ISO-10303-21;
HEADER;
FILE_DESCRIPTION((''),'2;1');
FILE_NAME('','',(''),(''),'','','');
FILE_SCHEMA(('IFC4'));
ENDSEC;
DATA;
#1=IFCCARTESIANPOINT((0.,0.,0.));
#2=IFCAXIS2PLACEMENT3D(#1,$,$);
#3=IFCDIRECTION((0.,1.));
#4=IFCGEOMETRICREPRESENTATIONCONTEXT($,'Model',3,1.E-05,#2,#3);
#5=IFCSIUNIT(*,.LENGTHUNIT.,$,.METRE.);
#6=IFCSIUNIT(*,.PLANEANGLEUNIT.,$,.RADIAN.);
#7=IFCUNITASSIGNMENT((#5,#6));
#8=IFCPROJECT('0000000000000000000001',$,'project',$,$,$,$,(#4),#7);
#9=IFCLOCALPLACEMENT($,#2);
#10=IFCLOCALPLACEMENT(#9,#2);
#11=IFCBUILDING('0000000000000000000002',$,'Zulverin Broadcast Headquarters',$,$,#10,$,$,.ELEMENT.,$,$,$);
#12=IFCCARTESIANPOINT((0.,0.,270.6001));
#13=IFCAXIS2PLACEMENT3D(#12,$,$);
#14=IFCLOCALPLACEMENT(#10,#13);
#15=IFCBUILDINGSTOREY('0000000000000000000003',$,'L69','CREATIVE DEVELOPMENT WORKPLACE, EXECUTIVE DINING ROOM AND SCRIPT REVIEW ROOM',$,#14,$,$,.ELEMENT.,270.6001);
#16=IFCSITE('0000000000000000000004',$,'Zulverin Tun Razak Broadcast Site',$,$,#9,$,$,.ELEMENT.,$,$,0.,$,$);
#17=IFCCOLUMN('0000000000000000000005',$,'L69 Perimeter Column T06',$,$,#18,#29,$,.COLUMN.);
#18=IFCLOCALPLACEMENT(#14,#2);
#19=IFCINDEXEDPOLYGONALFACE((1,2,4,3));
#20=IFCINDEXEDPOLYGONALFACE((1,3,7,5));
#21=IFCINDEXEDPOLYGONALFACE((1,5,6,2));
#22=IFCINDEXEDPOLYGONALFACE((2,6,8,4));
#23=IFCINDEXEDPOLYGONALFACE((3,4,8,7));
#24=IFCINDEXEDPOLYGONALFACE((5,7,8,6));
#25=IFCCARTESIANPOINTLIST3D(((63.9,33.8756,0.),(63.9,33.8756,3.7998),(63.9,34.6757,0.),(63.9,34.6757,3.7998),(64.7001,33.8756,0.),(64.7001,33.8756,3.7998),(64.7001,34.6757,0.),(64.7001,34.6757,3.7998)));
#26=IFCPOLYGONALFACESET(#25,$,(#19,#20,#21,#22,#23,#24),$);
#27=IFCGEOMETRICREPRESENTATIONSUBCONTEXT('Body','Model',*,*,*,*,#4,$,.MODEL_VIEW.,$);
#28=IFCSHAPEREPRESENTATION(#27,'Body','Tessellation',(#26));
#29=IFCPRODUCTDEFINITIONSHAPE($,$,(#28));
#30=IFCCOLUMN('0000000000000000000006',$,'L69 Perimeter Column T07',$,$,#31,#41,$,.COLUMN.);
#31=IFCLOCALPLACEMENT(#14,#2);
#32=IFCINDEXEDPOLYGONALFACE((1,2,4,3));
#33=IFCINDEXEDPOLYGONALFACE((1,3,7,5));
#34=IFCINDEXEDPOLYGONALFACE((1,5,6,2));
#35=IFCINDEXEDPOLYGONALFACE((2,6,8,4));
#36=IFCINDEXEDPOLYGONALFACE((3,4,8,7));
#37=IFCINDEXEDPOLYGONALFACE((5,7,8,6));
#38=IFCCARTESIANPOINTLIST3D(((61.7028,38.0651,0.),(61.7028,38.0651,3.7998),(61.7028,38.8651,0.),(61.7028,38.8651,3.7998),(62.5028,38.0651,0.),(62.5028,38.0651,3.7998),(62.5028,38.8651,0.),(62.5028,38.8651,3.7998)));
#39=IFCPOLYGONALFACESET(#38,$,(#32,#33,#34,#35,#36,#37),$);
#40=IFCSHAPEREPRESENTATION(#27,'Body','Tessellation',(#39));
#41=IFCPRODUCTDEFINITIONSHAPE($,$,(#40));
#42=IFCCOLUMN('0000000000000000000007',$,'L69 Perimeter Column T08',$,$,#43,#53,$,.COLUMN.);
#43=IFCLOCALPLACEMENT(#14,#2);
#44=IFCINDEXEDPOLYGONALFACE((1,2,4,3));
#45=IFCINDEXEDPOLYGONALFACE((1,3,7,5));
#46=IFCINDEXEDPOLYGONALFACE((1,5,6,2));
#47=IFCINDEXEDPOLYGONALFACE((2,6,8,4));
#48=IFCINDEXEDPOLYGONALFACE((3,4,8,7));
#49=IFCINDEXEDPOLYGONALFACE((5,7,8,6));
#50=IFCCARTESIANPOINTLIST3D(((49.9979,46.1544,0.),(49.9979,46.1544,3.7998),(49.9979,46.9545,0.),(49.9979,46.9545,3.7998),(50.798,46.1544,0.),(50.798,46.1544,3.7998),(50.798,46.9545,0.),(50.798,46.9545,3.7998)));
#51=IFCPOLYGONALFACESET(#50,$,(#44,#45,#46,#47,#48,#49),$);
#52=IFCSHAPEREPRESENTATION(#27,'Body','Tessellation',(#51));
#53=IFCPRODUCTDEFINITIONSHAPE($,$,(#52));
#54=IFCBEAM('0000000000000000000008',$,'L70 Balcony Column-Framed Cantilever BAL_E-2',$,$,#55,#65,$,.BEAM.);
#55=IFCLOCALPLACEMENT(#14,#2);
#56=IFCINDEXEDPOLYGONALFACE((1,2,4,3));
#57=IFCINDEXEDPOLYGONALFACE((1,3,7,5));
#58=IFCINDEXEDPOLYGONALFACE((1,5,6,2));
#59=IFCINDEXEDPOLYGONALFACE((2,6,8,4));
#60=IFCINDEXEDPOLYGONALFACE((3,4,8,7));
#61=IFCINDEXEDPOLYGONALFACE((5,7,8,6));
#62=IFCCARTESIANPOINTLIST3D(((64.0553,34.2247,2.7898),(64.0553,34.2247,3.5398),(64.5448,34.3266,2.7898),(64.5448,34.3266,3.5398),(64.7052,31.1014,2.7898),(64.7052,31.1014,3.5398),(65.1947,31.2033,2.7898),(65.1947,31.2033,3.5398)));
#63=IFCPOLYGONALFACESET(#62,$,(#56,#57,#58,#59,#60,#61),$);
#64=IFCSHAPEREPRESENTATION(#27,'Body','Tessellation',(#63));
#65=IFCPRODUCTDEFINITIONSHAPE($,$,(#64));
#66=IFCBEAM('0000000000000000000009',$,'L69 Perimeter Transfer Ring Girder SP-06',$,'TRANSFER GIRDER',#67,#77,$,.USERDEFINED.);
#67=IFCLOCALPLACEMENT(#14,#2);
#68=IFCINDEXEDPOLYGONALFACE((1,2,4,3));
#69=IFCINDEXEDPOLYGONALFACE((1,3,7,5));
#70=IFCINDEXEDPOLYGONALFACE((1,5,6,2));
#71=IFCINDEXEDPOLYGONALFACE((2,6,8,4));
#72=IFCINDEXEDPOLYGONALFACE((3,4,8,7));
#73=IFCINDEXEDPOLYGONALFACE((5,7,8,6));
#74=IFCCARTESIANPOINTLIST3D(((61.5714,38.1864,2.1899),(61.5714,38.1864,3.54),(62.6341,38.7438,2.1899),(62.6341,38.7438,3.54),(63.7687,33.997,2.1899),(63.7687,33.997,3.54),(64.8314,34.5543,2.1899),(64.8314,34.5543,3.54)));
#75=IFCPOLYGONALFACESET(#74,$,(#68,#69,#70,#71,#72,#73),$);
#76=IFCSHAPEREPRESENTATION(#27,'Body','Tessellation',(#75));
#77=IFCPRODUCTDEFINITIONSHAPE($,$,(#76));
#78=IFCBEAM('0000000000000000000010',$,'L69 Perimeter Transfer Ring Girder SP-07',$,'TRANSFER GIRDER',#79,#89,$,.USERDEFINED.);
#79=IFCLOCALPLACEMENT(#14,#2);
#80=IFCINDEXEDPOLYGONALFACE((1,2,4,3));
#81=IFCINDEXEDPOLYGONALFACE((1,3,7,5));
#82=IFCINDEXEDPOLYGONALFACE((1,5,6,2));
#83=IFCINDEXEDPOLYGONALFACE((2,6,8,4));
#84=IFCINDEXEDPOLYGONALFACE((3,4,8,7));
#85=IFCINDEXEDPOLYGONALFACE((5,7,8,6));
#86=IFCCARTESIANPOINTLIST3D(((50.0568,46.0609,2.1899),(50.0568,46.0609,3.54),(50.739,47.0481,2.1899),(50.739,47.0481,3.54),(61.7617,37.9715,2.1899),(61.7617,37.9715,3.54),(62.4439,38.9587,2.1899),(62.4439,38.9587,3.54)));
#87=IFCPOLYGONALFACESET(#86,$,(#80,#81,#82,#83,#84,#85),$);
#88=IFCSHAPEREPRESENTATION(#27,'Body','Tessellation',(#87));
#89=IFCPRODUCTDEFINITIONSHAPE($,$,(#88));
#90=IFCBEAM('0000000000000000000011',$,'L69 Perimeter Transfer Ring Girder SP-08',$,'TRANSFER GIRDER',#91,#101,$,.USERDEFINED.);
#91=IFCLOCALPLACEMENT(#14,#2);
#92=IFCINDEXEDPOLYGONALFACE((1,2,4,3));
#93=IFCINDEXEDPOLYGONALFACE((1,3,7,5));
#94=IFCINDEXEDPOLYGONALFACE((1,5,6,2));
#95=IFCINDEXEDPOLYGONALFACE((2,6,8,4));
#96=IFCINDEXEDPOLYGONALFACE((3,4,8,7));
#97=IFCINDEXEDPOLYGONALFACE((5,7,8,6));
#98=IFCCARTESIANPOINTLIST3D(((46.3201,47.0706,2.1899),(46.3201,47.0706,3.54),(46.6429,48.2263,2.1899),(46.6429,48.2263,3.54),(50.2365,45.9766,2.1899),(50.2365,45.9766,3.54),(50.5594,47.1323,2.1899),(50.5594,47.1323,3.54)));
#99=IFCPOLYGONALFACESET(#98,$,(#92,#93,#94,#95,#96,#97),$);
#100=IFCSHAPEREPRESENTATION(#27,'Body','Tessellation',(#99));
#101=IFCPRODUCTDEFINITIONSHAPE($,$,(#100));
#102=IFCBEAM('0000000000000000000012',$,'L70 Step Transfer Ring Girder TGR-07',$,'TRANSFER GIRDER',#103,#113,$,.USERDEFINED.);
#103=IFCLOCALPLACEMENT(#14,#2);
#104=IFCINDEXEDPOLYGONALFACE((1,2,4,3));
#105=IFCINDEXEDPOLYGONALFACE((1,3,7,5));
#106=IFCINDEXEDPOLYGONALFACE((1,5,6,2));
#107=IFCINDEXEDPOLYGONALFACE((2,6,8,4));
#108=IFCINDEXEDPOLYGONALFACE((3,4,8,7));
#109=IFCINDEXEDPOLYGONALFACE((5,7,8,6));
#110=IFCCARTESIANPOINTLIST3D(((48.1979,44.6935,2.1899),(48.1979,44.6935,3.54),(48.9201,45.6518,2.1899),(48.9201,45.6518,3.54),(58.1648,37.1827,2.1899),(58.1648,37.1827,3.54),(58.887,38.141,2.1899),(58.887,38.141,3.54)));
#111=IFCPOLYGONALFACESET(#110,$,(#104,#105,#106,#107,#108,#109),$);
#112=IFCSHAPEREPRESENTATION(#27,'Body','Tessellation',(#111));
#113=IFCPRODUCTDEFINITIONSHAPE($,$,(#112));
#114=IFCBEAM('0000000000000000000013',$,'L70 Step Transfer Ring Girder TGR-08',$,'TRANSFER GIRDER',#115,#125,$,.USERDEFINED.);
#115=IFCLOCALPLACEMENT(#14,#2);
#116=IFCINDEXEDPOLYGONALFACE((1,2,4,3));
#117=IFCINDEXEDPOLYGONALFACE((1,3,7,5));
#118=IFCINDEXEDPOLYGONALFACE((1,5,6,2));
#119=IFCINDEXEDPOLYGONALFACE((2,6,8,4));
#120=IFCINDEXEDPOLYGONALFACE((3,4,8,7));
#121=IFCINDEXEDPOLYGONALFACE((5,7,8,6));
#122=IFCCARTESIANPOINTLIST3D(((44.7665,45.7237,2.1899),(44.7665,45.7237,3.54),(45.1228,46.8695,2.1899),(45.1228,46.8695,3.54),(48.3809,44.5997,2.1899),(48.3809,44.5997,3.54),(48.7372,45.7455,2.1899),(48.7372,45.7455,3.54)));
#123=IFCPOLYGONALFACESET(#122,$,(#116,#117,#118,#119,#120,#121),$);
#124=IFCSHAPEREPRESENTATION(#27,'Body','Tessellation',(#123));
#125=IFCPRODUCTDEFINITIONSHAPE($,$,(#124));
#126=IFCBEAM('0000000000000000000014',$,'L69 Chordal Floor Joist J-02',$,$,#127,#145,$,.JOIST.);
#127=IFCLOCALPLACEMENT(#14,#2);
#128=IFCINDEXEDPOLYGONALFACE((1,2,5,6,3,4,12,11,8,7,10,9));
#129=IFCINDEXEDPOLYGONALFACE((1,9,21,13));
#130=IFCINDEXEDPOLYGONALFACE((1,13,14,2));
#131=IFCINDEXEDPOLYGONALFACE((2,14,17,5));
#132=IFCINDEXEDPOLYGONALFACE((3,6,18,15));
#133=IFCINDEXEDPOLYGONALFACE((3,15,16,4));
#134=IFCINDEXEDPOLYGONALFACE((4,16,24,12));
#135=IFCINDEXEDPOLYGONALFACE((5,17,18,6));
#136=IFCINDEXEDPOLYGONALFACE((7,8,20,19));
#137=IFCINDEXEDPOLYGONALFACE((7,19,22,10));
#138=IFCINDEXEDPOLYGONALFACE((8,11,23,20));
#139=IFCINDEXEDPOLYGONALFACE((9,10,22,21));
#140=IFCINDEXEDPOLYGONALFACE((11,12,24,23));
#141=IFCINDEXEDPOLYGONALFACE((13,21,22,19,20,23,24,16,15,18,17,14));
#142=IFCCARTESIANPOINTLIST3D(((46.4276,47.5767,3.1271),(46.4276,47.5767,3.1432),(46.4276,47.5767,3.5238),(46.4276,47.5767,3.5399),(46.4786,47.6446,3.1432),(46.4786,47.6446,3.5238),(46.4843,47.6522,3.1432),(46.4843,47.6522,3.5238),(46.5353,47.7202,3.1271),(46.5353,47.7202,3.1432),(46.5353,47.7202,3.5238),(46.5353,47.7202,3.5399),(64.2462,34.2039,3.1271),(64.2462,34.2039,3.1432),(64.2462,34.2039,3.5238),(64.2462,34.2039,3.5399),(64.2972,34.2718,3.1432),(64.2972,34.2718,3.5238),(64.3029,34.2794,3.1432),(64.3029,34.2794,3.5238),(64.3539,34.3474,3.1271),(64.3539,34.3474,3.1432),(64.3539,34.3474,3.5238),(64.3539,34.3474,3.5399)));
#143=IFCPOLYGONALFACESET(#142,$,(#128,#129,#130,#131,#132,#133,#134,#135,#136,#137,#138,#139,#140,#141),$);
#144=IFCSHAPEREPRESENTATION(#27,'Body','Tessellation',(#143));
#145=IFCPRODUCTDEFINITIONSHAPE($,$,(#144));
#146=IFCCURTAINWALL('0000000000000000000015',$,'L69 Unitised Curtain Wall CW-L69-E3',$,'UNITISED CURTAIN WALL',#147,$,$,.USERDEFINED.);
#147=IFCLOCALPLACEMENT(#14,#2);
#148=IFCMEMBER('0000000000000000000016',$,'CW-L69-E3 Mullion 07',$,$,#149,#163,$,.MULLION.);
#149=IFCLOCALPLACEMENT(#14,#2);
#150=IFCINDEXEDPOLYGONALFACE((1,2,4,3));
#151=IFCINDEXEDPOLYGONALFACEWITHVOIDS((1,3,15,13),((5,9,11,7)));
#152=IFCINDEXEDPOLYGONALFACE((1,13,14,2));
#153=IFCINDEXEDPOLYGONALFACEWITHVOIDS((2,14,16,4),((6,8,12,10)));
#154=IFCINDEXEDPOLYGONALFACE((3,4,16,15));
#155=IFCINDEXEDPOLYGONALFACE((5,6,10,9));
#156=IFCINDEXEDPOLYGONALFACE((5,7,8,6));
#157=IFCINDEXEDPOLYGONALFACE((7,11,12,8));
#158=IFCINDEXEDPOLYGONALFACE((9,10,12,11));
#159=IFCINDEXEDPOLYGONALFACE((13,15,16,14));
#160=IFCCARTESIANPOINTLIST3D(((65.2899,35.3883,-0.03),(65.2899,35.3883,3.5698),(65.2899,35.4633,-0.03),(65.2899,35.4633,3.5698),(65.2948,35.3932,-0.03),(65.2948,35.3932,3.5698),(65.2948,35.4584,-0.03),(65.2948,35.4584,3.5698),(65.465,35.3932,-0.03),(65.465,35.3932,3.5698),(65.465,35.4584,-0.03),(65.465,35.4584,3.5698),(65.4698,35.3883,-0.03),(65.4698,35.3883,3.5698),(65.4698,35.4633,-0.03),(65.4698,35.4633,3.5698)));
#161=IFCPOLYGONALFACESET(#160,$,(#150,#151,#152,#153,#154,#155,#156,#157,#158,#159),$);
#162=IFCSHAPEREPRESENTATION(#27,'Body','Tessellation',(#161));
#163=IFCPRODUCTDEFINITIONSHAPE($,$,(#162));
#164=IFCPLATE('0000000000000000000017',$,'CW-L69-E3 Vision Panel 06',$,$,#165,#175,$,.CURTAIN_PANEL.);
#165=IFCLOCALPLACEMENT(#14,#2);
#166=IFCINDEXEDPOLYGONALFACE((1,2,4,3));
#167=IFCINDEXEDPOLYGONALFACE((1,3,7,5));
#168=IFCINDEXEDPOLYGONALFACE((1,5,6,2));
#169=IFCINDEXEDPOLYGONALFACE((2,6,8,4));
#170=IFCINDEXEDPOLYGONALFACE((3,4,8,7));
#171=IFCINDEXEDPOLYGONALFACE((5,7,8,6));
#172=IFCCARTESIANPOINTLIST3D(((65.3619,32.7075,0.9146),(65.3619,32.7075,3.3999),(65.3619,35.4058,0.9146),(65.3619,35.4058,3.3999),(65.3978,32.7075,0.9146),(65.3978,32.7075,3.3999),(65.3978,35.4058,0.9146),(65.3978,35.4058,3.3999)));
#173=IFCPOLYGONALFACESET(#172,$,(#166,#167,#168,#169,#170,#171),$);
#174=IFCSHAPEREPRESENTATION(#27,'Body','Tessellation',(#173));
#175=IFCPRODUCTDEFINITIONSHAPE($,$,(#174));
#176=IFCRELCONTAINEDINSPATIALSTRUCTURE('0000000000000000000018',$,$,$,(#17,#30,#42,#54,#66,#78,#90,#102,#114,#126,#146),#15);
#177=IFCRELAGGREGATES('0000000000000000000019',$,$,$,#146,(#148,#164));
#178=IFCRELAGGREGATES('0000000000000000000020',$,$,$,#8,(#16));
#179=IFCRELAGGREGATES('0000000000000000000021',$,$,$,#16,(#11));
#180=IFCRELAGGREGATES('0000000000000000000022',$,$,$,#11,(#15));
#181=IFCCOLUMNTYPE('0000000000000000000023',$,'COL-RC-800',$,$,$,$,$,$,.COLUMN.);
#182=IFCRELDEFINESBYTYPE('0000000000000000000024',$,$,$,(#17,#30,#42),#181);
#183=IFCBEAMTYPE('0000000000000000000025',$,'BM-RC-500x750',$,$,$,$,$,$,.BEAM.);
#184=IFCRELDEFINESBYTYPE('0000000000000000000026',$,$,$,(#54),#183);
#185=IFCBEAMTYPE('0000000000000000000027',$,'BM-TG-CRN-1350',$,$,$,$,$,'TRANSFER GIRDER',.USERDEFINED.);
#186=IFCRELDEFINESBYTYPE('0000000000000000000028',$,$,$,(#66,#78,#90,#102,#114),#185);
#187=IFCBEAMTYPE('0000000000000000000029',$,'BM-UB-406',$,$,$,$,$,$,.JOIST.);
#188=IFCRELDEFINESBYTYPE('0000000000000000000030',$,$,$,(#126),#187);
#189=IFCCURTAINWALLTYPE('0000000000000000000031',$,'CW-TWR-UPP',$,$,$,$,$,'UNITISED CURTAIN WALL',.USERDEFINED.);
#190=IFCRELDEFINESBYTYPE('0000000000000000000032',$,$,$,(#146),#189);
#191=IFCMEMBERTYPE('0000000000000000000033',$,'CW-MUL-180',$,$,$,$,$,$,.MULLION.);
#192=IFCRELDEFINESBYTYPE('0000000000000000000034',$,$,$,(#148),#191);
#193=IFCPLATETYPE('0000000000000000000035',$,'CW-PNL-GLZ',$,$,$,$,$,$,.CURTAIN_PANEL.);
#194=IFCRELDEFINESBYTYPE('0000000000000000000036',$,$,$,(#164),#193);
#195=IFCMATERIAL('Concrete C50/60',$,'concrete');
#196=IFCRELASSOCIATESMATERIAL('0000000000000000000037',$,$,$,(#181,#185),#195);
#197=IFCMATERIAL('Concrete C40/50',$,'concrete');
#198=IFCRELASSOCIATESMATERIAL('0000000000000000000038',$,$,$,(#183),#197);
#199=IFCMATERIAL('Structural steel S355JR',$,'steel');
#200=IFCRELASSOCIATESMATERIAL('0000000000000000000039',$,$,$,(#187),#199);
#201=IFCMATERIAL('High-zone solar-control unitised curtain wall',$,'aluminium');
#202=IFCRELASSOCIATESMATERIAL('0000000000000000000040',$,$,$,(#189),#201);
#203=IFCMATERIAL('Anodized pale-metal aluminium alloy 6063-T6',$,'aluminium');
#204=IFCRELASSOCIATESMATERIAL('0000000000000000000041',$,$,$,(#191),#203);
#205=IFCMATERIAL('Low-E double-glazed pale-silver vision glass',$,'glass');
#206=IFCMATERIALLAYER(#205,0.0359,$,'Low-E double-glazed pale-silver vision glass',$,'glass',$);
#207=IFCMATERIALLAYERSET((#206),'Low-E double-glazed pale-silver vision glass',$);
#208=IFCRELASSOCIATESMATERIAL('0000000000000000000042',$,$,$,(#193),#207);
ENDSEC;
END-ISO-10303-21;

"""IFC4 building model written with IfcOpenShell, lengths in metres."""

from ifc_helpers import new_model, si_unit, direction, frame, origin, origin_2d, place, context, subcontext, project, spatial, rectangle, hollow_rectangle, i_section, extrude, material, layer, layer_set, material_profile, profile_set, type_object, element, aggregate, save


model = new_model("IFC4")

# Units and contexts
model_context = context("Model", 3, precision=1e-05, world=origin(), true_north=direction((0.0, 1.0)))
body_context = subcontext(model_context, "Body", "Model", "MODEL_VIEW")
ifc_project = project(units=[si_unit("LENGTHUNIT", "METRE"), si_unit("PLANEANGLEUNIT", "RADIAN")], contexts=[model_context])

# Site, building, storey
site_placement = place(None, origin())
site = spatial("IfcSite", under=ifc_project, at=site_placement, Name="Zulverin Tun Razak Broadcast Site", CompositionType="ELEMENT", RefElevation=0.0)
building_placement = place(site_placement, origin())
building = spatial("IfcBuilding", under=site, at=building_placement, Name="Zulverin Broadcast Headquarters", CompositionType="ELEMENT")
storey_placement = place(building_placement, frame((0.0, 0.0, 270.6001)))
storey = spatial("IfcBuildingStorey", under=building, at=storey_placement, Name="L69", Description="CREATIVE DEVELOPMENT WORKPLACE, EXECUTIVE DINING ROOM AND SCRIPT REVIEW ROOM", CompositionType="ELEMENT", Elevation=270.6001)

# Columns
ifc_material_1 = material(Name="Concrete C50/60", Category="concrete")
ifc_material_profile_1 = material_profile(ifc_material_1, rectangle(XDim=0.8, YDim=0.8, at=origin_2d()), Name="Concrete C50/60", Category="concrete")
ifc_profile_set_1 = profile_set([ifc_material_profile_1], Name="Concrete C50/60")
column_type = type_object("IfcColumnType", Name="COL-RC-800", PredefinedType="COLUMN", material=ifc_profile_set_1)
for number, where, z_axis, x_axis, name in (
    (1, (64.3, 34.2756, 0.0), (0.0, 0.0, 1.0), (1.0, 0.0, 0.0), "L69 Perimeter Column T06"),
    (2, (62.1028, 38.4651, 0.0), (0.0, 0.0, 1.0), (1.0, 0.0, 0.0), "L69 Perimeter Column T07"),
    (3, (50.3979, 46.5544, 0.0), (0.0, 0.0, 1.0), (1.0, 0.0, 0.0), "L69 Perimeter Column T08"),
):
    element("IfcColumn", number, at=place(storey_placement, frame(where, z_axis=z_axis, x_axis=x_axis)), inside=storey, type_object=column_type, Name=name, PredefinedType="COLUMN", context=body_context, shape_type="SweptSolid", body=[
        extrude(rectangle(XDim=0.8, YDim=0.8, at=origin_2d()), origin(), (0.0, 0.0, 1.0), 3.7998),
    ])

# Beams
ifc_material_2 = material(Name="Concrete C40/50", Category="concrete")
ifc_material_profile_2 = material_profile(ifc_material_2, rectangle(XDim=0.5, YDim=0.75, at=origin_2d()), Name="Concrete C40/50", Category="concrete")
ifc_profile_set_2 = profile_set([ifc_material_profile_2], Name="Concrete C40/50")
beam_type_1 = type_object("IfcBeamType", Name="BM-RC-500x750", PredefinedType="BEAM", material=ifc_profile_set_2)
beam_1_placement = place(storey_placement, frame((64.3, 34.2756, 3.1648), z_axis=(0.203719, -0.979029, 0.0), x_axis=(0.979029, 0.203719, 0.0)))
element("IfcBeam", 4, at=beam_1_placement, inside=storey, type_object=beam_type_1, Name="L70 Balcony Column-Framed Cantilever BAL_E-2", PredefinedType="BEAM", context=body_context, shape_type="SweptSolid", body=[
    extrude(rectangle(XDim=0.5, YDim=0.75, at=origin_2d()), origin(), (0.0, 0.0, 1.0), 3.1902),
])
ifc_material_profile_3 = material_profile(ifc_material_1, rectangle(XDim=1.2, YDim=1.3501, at=origin_2d()), Name="Concrete C50/60", Category="concrete")
ifc_profile_set_3 = profile_set([ifc_material_profile_3], Name="Concrete C50/60")
beam_type_2 = type_object("IfcBeamType", Name="BM-TG-CRN-1350", ElementType="TRANSFER GIRDER", PredefinedType="USERDEFINED", material=ifc_profile_set_3)
beam_2_placement = place(storey_placement, frame((64.3, 34.2756, 2.865), z_axis=(-0.46447, 0.885589, 0.0), x_axis=(-0.885589, -0.46447, 0.0)))
element("IfcBeam", 5, at=beam_2_placement, inside=storey, type_object=beam_type_2, Name="L69 Perimeter Transfer Ring Girder SP-06", ObjectType="TRANSFER GIRDER", PredefinedType="USERDEFINED", context=body_context, shape_type="SweptSolid", body=[
    extrude(rectangle(XDim=1.2, YDim=1.3501, at=origin_2d()), origin(), (0.0, 0.0, 1.0), 4.7307),
])
beam_3_placement = place(storey_placement, frame((62.1028, 38.4651, 2.865), z_axis=(-0.822652, 0.568545, 0.0), x_axis=(-0.568545, -0.822652, 0.0)))
element("IfcBeam", 6, at=beam_3_placement, inside=storey, type_object=beam_type_2, Name="L69 Perimeter Transfer Ring Girder SP-07", ObjectType="TRANSFER GIRDER", PredefinedType="USERDEFINED", context=body_context, shape_type="SweptSolid", body=[
    extrude(rectangle(XDim=1.2, YDim=1.3501, at=origin_2d()), origin(), (0.0, 0.0, 1.0), 14.2283),
])
beam_4_placement = place(storey_placement, frame((50.3979, 46.5544, 2.865), z_axis=(-0.963132, 0.269031, 0.0), x_axis=(-0.269031, -0.963132, 0.0)))
element("IfcBeam", 7, at=beam_4_placement, inside=storey, type_object=beam_type_2, Name="L69 Perimeter Transfer Ring Girder SP-08", ObjectType="TRANSFER GIRDER", PredefinedType="USERDEFINED", context=body_context, shape_type="SweptSolid", body=[
    extrude(rectangle(XDim=1.2, YDim=1.3501, at=origin_2d()), origin(), (0.0, 0.0, 1.0), 4.0664),
])
beam_5_placement = place(storey_placement, frame((58.5259, 37.6619, 2.865), z_axis=(-0.798627, 0.601826, 0.0), x_axis=(-0.601826, -0.798627, 0.0)))
element("IfcBeam", 8, at=beam_5_placement, inside=storey, type_object=beam_type_2, Name="L70 Step Transfer Ring Girder TGR-07", ObjectType="TRANSFER GIRDER", PredefinedType="USERDEFINED", context=body_context, shape_type="SweptSolid", body=[
    extrude(rectangle(XDim=1.2, YDim=1.3501, at=origin_2d()), origin(), (0.0, 0.0, 1.0), 12.48),
])
beam_6_placement = place(storey_placement, frame((48.5591, 45.1726, 2.865), z_axis=(-0.954893, 0.296949, 0.0), x_axis=(-0.296949, -0.954893, 0.0)))
element("IfcBeam", 9, at=beam_6_placement, inside=storey, type_object=beam_type_2, Name="L70 Step Transfer Ring Girder TGR-08", ObjectType="TRANSFER GIRDER", PredefinedType="USERDEFINED", context=body_context, shape_type="SweptSolid", body=[
    extrude(rectangle(XDim=1.2, YDim=1.3501, at=origin_2d()), origin(), (0.0, 0.0, 1.0), 3.7852),
])
ifc_material_3 = material(Name="Structural steel S355JR", Category="steel")
ifc_material_profile_4 = material_profile(ifc_material_3, i_section(OverallWidth=0.1794, OverallDepth=0.4128, WebThickness=0.0095, FlangeThickness=0.0161, at=origin_2d()), Name="Structural steel S355JR", Category="steel")
ifc_profile_set_4 = profile_set([ifc_material_profile_4], Name="Structural steel S355JR")
beam_type_3 = type_object("IfcBeamType", Name="BM-UB-406", PredefinedType="JOIST", material=ifc_profile_set_4)
beam_7_placement = place(storey_placement, frame((64.3, 34.2756, 3.3335), z_axis=(-0.799809, 0.600254, 0.0), x_axis=(-0.600254, -0.799809, 0.0)))
element("IfcBeam", 10, at=beam_7_placement, inside=storey, type_object=beam_type_3, Name="L69 Chordal Floor Joist J-02", PredefinedType="JOIST", context=body_context, shape_type="SweptSolid", body=[
    extrude(i_section(OverallWidth=0.1794, OverallDepth=0.4128, WebThickness=0.0095, FlangeThickness=0.0161, at=origin_2d()), origin(), (0.0, 0.0, 1.0), 22.2786),
])

# Curtain wall, member, plate
ifc_material_4 = material(Name="High-zone solar-control unitised curtain wall", Category="aluminium")
curtain_wall_type = type_object("IfcCurtainWallType", Name="CW-TWR-UPP", ElementType="UNITISED CURTAIN WALL", PredefinedType="USERDEFINED", material=ifc_material_4)
curtain_wall_placement = place(storey_placement, origin())
curtain_wall = element("IfcCurtainWall", 11, at=curtain_wall_placement, inside=storey, type_object=curtain_wall_type, Name="L69 Unitised Curtain Wall CW-L69-E3", ObjectType="UNITISED CURTAIN WALL", PredefinedType="USERDEFINED")
ifc_material_5 = material(Name="Anodized pale-metal aluminium alloy 6063-T6", Category="aluminium")
ifc_material_profile_5 = material_profile(ifc_material_5, hollow_rectangle(XDim=0.075, YDim=0.1799, WallThickness=0.0049, at=origin_2d()), Name="Anodized pale-metal aluminium alloy 6063-T6", Category="aluminium")
ifc_profile_set_5 = profile_set([ifc_material_profile_5], Name="Anodized pale-metal aluminium alloy 6063-T6")
member_type = type_object("IfcMemberType", Name="CW-MUL-180", PredefinedType="MULLION", material=ifc_profile_set_5)
member_placement = place(storey_placement, frame((65.3799, 35.4258, -0.03), z_axis=(0.0, 0.0, 1.0), x_axis=(0.0, 1.0, 0.0)))
member = element("IfcMember", 12, at=member_placement, type_object=member_type, Name="CW-L69-E3 Mullion 07", PredefinedType="MULLION", context=body_context, shape_type="SweptSolid", body=[
    extrude(hollow_rectangle(XDim=0.075, YDim=0.1799, WallThickness=0.0049, at=origin_2d()), origin(), (0.0, 0.0, 1.0), 3.5999),
])
ifc_material_6 = material(Name="Low-E double-glazed pale-silver vision glass", Category="glass")
ifc_layer_1 = layer(ifc_material_6, 0.0359, Name="Low-E double-glazed pale-silver vision glass", Category="glass")
ifc_layer_set_1 = layer_set([ifc_layer_1], Name="Low-E double-glazed pale-silver vision glass")
plate_type = type_object("IfcPlateType", Name="CW-PNL-GLZ", PredefinedType="CURTAIN_PANEL", material=ifc_layer_set_1)
plate_placement = place(storey_placement, frame((65.3799, 34.0566, 0.9146), z_axis=(0.0, 0.0, 1.0), x_axis=(0.0, 1.0, 0.0)))
plate = element("IfcPlate", 13, at=plate_placement, type_object=plate_type, Name="CW-L69-E3 Vision Panel 06", PredefinedType="CURTAIN_PANEL", context=body_context, shape_type="SweptSolid", body=[
    extrude(rectangle(XDim=2.6982, YDim=0.0359, at=origin_2d()), origin(), (0.0, 0.0, 1.0), 2.4854),
])
aggregate(curtain_wall, [member, plate])

save(model, "model.ifc")
